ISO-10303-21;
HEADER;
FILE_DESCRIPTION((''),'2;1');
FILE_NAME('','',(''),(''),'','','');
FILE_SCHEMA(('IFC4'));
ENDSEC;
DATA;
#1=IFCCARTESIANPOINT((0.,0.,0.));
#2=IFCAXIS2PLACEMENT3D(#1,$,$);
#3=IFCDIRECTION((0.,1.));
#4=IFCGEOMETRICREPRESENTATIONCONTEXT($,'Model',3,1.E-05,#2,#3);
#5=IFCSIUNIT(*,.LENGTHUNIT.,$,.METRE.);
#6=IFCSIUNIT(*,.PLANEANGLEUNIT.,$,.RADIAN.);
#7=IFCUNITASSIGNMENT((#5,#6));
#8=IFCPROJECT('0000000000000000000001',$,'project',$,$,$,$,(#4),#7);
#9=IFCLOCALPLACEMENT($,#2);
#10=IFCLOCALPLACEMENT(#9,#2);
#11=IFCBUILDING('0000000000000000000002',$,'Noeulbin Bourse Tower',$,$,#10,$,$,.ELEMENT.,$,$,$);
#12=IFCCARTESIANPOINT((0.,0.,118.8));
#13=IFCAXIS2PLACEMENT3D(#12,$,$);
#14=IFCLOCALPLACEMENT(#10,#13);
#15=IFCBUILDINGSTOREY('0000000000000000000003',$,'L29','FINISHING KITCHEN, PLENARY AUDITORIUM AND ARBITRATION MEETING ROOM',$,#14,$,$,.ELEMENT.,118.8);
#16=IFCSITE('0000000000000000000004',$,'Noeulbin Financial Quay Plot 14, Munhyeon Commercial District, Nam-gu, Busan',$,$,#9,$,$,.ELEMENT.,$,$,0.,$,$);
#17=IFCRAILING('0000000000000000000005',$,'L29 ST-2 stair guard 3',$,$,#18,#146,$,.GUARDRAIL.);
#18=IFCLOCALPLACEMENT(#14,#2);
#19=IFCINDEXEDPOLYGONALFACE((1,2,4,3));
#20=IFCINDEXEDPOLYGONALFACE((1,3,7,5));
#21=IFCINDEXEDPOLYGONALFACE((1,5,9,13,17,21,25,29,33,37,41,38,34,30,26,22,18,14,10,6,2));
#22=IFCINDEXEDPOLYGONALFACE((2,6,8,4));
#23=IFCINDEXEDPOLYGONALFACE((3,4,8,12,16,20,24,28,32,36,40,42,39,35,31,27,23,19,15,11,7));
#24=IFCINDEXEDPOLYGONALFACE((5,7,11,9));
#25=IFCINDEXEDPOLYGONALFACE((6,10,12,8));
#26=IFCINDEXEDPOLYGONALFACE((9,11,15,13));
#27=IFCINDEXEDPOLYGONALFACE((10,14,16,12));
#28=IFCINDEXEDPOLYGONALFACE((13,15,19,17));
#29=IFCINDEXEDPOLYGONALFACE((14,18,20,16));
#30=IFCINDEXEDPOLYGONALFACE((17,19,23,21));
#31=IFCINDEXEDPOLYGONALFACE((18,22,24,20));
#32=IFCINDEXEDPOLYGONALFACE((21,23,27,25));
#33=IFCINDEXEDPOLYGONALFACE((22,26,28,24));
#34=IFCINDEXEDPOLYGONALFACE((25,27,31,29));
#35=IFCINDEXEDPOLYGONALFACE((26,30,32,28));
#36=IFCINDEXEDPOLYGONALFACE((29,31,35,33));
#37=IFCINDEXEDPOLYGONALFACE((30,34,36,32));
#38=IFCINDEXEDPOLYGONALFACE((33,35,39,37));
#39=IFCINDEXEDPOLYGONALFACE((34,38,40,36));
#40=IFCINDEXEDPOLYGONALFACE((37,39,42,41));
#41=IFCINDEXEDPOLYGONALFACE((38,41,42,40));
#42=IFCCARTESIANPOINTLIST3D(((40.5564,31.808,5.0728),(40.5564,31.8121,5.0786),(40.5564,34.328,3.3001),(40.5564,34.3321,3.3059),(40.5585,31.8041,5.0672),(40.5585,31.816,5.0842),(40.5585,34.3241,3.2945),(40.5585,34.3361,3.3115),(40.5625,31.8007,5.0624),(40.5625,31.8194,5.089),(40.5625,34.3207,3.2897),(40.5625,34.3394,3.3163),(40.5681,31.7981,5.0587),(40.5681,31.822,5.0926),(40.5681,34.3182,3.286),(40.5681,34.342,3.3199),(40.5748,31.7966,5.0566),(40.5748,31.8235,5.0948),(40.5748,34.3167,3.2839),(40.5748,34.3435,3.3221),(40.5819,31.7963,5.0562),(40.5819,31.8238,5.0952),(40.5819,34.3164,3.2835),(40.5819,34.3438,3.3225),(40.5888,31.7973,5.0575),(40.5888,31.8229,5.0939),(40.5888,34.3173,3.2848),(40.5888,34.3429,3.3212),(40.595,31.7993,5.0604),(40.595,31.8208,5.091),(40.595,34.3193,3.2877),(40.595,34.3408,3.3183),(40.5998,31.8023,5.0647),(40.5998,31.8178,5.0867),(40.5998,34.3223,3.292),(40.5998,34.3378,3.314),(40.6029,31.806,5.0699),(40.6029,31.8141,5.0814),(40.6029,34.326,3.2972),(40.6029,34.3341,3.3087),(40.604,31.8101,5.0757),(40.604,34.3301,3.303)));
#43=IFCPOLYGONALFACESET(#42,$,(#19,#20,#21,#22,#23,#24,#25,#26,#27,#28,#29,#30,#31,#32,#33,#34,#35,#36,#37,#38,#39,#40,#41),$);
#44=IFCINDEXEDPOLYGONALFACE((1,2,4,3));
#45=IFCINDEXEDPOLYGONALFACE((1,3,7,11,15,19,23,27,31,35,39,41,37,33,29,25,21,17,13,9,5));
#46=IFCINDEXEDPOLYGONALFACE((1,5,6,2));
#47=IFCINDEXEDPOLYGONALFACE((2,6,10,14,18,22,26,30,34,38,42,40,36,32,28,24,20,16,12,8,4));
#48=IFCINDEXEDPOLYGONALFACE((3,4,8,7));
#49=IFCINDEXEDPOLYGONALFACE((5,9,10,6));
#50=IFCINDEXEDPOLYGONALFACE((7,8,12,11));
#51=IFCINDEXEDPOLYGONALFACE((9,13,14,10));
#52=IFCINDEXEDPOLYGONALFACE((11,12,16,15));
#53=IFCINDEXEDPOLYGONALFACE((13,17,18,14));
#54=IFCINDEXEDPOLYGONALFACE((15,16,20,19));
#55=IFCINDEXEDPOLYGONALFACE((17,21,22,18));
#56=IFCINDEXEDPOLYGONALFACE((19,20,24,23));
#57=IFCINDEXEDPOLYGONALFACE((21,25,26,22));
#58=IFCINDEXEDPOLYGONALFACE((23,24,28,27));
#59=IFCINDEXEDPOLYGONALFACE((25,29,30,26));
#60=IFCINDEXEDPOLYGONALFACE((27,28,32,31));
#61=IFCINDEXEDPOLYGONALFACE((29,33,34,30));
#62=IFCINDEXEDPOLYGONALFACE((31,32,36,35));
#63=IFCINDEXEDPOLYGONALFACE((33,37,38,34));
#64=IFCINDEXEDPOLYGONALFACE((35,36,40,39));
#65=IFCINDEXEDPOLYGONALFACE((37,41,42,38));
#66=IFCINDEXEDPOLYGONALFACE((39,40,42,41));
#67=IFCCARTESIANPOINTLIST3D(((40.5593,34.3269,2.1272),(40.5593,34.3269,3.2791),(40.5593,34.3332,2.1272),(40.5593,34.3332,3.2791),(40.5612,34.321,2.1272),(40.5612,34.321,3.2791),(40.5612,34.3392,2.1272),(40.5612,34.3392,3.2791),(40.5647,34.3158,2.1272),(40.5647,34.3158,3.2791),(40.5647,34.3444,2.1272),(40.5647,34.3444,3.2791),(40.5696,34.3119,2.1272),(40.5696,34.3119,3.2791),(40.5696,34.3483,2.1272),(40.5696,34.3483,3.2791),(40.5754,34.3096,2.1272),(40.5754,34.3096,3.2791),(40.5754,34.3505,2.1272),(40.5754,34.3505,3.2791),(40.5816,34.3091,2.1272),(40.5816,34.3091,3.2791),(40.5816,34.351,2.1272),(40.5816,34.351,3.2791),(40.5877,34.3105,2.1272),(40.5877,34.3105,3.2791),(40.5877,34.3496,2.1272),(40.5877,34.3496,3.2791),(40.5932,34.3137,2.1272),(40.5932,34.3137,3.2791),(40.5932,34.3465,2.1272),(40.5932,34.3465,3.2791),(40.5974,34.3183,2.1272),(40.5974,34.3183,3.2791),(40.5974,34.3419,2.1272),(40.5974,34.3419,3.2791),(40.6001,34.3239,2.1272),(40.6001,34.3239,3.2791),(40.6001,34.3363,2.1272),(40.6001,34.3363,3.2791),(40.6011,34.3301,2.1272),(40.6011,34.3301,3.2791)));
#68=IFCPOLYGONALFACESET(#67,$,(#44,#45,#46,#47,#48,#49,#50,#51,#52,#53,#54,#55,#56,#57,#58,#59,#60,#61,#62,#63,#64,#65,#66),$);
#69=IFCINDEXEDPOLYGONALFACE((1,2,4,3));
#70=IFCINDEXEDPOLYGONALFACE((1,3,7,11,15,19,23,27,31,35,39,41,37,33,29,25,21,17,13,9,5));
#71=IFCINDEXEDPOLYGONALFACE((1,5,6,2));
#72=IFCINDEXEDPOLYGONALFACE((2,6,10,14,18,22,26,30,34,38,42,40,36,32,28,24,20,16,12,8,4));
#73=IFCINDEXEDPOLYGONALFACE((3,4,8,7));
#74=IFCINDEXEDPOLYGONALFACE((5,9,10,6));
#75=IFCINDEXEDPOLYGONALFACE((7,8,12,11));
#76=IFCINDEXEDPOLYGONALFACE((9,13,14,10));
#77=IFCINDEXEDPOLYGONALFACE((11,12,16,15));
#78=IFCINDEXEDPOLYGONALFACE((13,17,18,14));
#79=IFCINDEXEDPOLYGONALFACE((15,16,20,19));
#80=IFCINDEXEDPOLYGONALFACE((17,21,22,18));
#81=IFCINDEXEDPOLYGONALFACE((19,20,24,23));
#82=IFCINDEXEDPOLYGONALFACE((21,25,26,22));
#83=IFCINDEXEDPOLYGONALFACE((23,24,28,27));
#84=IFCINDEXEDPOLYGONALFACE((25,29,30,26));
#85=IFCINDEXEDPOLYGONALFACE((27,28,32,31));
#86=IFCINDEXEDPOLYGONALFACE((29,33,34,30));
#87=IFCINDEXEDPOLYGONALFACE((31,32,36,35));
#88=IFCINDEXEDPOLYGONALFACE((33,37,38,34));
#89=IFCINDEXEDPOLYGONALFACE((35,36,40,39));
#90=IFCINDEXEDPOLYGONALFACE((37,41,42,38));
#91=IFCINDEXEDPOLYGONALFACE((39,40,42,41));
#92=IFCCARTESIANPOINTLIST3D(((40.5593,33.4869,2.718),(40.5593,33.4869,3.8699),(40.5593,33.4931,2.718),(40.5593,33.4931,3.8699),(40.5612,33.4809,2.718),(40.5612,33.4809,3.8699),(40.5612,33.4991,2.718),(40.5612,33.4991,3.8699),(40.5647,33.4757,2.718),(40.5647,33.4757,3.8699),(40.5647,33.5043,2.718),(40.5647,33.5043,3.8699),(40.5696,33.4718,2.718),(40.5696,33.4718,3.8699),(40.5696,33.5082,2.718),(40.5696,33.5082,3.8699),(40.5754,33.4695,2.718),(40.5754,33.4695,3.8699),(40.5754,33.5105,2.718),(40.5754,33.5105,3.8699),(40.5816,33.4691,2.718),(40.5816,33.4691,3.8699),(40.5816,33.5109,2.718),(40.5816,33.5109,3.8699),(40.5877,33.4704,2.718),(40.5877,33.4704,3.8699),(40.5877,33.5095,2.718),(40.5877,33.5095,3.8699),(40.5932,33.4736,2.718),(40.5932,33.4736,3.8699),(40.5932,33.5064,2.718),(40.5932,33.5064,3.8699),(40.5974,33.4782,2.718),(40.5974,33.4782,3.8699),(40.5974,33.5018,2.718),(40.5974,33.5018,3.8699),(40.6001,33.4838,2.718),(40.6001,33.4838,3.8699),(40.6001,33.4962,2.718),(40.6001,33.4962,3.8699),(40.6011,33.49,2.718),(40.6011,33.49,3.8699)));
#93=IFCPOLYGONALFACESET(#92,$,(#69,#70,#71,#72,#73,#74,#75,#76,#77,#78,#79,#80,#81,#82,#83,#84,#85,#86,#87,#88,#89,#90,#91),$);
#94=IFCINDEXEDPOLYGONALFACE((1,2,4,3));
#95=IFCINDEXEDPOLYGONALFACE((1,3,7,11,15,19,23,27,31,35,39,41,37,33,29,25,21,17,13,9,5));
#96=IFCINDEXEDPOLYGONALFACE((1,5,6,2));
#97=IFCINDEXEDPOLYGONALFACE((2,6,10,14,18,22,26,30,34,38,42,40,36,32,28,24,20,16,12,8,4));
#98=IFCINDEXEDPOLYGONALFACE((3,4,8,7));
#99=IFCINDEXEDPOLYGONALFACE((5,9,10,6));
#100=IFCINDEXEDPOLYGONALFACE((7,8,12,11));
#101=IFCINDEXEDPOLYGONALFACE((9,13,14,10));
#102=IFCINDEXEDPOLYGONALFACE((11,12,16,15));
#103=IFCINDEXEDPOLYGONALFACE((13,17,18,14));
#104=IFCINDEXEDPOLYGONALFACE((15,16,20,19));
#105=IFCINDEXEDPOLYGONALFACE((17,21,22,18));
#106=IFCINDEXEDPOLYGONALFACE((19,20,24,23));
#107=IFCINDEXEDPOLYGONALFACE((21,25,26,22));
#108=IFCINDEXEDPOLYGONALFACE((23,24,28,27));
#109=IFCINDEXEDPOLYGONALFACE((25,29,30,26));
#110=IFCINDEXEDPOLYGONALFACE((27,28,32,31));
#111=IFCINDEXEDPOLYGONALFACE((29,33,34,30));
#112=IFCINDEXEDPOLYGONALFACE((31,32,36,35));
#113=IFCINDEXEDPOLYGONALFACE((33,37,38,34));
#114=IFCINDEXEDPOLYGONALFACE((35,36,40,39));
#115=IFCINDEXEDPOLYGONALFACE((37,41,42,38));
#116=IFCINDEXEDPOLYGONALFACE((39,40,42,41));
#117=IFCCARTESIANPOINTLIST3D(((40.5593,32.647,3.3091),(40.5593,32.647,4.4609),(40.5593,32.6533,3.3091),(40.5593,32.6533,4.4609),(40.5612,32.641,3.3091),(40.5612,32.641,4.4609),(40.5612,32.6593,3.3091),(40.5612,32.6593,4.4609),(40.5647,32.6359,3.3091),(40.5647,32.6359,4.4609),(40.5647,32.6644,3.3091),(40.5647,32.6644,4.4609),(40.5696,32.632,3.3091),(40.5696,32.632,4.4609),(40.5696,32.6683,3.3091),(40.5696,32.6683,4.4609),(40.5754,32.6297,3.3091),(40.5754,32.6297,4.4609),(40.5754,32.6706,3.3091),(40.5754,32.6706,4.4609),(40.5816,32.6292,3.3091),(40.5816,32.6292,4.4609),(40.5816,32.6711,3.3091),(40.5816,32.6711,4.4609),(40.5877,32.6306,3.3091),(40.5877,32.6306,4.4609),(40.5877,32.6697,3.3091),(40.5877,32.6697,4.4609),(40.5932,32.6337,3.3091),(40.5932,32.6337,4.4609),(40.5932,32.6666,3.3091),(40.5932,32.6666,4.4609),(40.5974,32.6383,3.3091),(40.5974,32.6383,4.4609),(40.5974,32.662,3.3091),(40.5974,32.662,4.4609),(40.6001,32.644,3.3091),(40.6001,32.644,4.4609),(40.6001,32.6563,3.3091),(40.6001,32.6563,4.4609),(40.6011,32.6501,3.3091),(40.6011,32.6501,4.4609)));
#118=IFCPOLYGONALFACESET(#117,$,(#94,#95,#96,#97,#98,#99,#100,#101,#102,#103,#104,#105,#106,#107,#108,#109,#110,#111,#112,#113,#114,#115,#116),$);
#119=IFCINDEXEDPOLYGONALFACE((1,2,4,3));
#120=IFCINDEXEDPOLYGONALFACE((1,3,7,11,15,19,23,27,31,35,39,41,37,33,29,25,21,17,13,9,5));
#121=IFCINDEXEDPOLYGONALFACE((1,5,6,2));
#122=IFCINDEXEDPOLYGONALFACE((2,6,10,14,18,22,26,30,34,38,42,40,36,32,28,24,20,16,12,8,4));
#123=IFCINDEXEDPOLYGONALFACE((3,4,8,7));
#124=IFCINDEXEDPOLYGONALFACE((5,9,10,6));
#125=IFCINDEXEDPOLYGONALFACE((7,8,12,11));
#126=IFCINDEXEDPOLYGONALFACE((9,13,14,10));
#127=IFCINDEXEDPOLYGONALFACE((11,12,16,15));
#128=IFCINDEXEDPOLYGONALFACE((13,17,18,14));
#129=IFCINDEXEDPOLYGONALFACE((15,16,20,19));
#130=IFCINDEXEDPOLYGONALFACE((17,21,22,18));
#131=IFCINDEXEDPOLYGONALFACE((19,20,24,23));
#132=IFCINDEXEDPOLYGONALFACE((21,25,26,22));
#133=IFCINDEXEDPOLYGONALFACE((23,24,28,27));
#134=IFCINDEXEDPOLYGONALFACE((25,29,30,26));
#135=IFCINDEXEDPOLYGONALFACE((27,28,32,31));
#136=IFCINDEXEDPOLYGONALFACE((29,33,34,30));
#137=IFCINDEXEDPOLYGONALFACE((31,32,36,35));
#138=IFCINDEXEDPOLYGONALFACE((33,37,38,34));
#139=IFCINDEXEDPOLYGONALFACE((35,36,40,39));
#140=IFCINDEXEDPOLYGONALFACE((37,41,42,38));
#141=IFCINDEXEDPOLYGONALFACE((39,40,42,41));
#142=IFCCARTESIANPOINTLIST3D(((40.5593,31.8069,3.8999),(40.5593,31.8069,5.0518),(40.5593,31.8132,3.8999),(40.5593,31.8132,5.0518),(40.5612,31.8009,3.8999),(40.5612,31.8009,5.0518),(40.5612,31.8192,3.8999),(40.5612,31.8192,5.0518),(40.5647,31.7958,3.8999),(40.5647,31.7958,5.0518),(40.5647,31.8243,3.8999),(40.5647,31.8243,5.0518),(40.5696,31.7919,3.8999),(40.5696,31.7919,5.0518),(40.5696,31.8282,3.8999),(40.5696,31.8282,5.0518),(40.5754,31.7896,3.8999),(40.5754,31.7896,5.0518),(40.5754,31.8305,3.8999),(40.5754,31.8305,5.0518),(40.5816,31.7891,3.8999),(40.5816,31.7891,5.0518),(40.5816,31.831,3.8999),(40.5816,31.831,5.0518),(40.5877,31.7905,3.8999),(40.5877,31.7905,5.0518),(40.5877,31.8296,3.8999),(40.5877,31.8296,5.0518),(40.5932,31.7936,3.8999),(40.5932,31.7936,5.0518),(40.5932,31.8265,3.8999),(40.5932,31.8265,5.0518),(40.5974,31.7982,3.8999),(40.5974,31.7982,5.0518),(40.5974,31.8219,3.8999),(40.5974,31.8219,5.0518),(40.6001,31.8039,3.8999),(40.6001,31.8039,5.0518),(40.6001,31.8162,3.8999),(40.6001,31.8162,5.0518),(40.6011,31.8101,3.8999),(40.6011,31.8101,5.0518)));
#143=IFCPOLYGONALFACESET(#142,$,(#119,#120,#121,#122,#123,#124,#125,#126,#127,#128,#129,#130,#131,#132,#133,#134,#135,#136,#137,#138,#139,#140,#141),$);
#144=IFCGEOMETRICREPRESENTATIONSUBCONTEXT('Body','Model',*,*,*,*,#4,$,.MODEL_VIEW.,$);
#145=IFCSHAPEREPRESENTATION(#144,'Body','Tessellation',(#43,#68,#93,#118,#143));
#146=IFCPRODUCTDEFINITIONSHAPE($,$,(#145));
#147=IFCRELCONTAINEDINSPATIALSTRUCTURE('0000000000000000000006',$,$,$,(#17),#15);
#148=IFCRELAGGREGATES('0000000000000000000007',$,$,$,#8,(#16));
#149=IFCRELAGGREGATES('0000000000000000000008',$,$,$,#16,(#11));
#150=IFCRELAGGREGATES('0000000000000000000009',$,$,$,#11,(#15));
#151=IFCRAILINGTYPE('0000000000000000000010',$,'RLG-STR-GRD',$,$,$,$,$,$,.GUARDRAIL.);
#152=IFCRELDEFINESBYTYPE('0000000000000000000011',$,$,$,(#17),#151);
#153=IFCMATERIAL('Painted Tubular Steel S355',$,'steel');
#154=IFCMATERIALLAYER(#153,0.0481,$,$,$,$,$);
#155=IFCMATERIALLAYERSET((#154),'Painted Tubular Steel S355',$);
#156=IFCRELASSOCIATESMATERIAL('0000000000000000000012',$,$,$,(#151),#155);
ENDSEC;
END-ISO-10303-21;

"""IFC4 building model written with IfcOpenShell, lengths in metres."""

from ifc_helpers import new_model, si_unit, direction, frame, origin, origin_2d, place, context, subcontext, project, spatial, circle, extrude, material, layer, layer_set, type_object, element, save


model = new_model("IFC4")

# Units and contexts
model_context = context("Model", 3, precision=1e-05, world=origin(), true_north=direction((0.0, 1.0)))
body_context = subcontext(model_context, "Body", "Model", "MODEL_VIEW")
ifc_project = project(units=[si_unit("LENGTHUNIT", "METRE"), si_unit("PLANEANGLEUNIT", "RADIAN")], contexts=[model_context])

# Site, building, storey
site_placement = place(None, origin())
site = spatial("IfcSite", under=ifc_project, at=site_placement, Name="Noeulbin Financial Quay Plot 14, Munhyeon Commercial District, Nam-gu, Busan", CompositionType="ELEMENT", RefElevation=0.0)
building_placement = place(site_placement, origin())
building = spatial("IfcBuilding", under=site, at=building_placement, Name="Noeulbin Bourse Tower", CompositionType="ELEMENT")
storey_placement = place(building_placement, frame((0.0, 0.0, 118.8)))
storey = spatial("IfcBuildingStorey", under=building, at=storey_placement, Name="L29", Description="FINISHING KITCHEN, PLENARY AUDITORIUM AND ARBITRATION MEETING ROOM", CompositionType="ELEMENT", Elevation=118.8)

# Railing
ifc_material_1 = material(Name="Painted Tubular Steel S355", Category="steel")
ifc_layer_1 = layer(ifc_material_1, 0.0481)
ifc_layer_set_1 = layer_set([ifc_layer_1], Name="Painted Tubular Steel S355")
railing_type = type_object("IfcRailingType", Name="RLG-STR-GRD", PredefinedType="GUARDRAIL", material=ifc_layer_set_1)
railing_placement = place(storey_placement, frame((40.5801, 34.3301, 2.1272)))
element("IfcRailing", 1, at=railing_placement, inside=storey, type_object=railing_type, Name="L29 ST-2 stair guard 3", PredefinedType="GUARDRAIL", context=body_context, shape_type="SweptSolid", body=[
    extrude(circle(Radius=0.0239, at=origin_2d()), frame((0.0, 0.0, 1.1758), z_axis=(0.0, -0.817904, 0.575354), x_axis=(1.0, 0.0, 0.0)), (0.0, 0.0, 1.0), 3.0811),
    extrude(circle(Radius=0.021, at=origin_2d()), origin(), (0.0, 0.0, 1.0), 1.1519),
    extrude(circle(Radius=0.021, at=origin_2d()), frame((0.0, -0.8401, 0.5908)), (0.0, 0.0, 1.0), 1.1519),
    extrude(circle(Radius=0.021, at=origin_2d()), frame((0.0, -1.6799, 1.1819)), (0.0, 0.0, 1.0), 1.1519),
    extrude(circle(Radius=0.021, at=origin_2d()), frame((0.0, -2.52, 1.7727)), (0.0, 0.0, 1.0), 1.1519),
])

save(model, "model.ifc")
